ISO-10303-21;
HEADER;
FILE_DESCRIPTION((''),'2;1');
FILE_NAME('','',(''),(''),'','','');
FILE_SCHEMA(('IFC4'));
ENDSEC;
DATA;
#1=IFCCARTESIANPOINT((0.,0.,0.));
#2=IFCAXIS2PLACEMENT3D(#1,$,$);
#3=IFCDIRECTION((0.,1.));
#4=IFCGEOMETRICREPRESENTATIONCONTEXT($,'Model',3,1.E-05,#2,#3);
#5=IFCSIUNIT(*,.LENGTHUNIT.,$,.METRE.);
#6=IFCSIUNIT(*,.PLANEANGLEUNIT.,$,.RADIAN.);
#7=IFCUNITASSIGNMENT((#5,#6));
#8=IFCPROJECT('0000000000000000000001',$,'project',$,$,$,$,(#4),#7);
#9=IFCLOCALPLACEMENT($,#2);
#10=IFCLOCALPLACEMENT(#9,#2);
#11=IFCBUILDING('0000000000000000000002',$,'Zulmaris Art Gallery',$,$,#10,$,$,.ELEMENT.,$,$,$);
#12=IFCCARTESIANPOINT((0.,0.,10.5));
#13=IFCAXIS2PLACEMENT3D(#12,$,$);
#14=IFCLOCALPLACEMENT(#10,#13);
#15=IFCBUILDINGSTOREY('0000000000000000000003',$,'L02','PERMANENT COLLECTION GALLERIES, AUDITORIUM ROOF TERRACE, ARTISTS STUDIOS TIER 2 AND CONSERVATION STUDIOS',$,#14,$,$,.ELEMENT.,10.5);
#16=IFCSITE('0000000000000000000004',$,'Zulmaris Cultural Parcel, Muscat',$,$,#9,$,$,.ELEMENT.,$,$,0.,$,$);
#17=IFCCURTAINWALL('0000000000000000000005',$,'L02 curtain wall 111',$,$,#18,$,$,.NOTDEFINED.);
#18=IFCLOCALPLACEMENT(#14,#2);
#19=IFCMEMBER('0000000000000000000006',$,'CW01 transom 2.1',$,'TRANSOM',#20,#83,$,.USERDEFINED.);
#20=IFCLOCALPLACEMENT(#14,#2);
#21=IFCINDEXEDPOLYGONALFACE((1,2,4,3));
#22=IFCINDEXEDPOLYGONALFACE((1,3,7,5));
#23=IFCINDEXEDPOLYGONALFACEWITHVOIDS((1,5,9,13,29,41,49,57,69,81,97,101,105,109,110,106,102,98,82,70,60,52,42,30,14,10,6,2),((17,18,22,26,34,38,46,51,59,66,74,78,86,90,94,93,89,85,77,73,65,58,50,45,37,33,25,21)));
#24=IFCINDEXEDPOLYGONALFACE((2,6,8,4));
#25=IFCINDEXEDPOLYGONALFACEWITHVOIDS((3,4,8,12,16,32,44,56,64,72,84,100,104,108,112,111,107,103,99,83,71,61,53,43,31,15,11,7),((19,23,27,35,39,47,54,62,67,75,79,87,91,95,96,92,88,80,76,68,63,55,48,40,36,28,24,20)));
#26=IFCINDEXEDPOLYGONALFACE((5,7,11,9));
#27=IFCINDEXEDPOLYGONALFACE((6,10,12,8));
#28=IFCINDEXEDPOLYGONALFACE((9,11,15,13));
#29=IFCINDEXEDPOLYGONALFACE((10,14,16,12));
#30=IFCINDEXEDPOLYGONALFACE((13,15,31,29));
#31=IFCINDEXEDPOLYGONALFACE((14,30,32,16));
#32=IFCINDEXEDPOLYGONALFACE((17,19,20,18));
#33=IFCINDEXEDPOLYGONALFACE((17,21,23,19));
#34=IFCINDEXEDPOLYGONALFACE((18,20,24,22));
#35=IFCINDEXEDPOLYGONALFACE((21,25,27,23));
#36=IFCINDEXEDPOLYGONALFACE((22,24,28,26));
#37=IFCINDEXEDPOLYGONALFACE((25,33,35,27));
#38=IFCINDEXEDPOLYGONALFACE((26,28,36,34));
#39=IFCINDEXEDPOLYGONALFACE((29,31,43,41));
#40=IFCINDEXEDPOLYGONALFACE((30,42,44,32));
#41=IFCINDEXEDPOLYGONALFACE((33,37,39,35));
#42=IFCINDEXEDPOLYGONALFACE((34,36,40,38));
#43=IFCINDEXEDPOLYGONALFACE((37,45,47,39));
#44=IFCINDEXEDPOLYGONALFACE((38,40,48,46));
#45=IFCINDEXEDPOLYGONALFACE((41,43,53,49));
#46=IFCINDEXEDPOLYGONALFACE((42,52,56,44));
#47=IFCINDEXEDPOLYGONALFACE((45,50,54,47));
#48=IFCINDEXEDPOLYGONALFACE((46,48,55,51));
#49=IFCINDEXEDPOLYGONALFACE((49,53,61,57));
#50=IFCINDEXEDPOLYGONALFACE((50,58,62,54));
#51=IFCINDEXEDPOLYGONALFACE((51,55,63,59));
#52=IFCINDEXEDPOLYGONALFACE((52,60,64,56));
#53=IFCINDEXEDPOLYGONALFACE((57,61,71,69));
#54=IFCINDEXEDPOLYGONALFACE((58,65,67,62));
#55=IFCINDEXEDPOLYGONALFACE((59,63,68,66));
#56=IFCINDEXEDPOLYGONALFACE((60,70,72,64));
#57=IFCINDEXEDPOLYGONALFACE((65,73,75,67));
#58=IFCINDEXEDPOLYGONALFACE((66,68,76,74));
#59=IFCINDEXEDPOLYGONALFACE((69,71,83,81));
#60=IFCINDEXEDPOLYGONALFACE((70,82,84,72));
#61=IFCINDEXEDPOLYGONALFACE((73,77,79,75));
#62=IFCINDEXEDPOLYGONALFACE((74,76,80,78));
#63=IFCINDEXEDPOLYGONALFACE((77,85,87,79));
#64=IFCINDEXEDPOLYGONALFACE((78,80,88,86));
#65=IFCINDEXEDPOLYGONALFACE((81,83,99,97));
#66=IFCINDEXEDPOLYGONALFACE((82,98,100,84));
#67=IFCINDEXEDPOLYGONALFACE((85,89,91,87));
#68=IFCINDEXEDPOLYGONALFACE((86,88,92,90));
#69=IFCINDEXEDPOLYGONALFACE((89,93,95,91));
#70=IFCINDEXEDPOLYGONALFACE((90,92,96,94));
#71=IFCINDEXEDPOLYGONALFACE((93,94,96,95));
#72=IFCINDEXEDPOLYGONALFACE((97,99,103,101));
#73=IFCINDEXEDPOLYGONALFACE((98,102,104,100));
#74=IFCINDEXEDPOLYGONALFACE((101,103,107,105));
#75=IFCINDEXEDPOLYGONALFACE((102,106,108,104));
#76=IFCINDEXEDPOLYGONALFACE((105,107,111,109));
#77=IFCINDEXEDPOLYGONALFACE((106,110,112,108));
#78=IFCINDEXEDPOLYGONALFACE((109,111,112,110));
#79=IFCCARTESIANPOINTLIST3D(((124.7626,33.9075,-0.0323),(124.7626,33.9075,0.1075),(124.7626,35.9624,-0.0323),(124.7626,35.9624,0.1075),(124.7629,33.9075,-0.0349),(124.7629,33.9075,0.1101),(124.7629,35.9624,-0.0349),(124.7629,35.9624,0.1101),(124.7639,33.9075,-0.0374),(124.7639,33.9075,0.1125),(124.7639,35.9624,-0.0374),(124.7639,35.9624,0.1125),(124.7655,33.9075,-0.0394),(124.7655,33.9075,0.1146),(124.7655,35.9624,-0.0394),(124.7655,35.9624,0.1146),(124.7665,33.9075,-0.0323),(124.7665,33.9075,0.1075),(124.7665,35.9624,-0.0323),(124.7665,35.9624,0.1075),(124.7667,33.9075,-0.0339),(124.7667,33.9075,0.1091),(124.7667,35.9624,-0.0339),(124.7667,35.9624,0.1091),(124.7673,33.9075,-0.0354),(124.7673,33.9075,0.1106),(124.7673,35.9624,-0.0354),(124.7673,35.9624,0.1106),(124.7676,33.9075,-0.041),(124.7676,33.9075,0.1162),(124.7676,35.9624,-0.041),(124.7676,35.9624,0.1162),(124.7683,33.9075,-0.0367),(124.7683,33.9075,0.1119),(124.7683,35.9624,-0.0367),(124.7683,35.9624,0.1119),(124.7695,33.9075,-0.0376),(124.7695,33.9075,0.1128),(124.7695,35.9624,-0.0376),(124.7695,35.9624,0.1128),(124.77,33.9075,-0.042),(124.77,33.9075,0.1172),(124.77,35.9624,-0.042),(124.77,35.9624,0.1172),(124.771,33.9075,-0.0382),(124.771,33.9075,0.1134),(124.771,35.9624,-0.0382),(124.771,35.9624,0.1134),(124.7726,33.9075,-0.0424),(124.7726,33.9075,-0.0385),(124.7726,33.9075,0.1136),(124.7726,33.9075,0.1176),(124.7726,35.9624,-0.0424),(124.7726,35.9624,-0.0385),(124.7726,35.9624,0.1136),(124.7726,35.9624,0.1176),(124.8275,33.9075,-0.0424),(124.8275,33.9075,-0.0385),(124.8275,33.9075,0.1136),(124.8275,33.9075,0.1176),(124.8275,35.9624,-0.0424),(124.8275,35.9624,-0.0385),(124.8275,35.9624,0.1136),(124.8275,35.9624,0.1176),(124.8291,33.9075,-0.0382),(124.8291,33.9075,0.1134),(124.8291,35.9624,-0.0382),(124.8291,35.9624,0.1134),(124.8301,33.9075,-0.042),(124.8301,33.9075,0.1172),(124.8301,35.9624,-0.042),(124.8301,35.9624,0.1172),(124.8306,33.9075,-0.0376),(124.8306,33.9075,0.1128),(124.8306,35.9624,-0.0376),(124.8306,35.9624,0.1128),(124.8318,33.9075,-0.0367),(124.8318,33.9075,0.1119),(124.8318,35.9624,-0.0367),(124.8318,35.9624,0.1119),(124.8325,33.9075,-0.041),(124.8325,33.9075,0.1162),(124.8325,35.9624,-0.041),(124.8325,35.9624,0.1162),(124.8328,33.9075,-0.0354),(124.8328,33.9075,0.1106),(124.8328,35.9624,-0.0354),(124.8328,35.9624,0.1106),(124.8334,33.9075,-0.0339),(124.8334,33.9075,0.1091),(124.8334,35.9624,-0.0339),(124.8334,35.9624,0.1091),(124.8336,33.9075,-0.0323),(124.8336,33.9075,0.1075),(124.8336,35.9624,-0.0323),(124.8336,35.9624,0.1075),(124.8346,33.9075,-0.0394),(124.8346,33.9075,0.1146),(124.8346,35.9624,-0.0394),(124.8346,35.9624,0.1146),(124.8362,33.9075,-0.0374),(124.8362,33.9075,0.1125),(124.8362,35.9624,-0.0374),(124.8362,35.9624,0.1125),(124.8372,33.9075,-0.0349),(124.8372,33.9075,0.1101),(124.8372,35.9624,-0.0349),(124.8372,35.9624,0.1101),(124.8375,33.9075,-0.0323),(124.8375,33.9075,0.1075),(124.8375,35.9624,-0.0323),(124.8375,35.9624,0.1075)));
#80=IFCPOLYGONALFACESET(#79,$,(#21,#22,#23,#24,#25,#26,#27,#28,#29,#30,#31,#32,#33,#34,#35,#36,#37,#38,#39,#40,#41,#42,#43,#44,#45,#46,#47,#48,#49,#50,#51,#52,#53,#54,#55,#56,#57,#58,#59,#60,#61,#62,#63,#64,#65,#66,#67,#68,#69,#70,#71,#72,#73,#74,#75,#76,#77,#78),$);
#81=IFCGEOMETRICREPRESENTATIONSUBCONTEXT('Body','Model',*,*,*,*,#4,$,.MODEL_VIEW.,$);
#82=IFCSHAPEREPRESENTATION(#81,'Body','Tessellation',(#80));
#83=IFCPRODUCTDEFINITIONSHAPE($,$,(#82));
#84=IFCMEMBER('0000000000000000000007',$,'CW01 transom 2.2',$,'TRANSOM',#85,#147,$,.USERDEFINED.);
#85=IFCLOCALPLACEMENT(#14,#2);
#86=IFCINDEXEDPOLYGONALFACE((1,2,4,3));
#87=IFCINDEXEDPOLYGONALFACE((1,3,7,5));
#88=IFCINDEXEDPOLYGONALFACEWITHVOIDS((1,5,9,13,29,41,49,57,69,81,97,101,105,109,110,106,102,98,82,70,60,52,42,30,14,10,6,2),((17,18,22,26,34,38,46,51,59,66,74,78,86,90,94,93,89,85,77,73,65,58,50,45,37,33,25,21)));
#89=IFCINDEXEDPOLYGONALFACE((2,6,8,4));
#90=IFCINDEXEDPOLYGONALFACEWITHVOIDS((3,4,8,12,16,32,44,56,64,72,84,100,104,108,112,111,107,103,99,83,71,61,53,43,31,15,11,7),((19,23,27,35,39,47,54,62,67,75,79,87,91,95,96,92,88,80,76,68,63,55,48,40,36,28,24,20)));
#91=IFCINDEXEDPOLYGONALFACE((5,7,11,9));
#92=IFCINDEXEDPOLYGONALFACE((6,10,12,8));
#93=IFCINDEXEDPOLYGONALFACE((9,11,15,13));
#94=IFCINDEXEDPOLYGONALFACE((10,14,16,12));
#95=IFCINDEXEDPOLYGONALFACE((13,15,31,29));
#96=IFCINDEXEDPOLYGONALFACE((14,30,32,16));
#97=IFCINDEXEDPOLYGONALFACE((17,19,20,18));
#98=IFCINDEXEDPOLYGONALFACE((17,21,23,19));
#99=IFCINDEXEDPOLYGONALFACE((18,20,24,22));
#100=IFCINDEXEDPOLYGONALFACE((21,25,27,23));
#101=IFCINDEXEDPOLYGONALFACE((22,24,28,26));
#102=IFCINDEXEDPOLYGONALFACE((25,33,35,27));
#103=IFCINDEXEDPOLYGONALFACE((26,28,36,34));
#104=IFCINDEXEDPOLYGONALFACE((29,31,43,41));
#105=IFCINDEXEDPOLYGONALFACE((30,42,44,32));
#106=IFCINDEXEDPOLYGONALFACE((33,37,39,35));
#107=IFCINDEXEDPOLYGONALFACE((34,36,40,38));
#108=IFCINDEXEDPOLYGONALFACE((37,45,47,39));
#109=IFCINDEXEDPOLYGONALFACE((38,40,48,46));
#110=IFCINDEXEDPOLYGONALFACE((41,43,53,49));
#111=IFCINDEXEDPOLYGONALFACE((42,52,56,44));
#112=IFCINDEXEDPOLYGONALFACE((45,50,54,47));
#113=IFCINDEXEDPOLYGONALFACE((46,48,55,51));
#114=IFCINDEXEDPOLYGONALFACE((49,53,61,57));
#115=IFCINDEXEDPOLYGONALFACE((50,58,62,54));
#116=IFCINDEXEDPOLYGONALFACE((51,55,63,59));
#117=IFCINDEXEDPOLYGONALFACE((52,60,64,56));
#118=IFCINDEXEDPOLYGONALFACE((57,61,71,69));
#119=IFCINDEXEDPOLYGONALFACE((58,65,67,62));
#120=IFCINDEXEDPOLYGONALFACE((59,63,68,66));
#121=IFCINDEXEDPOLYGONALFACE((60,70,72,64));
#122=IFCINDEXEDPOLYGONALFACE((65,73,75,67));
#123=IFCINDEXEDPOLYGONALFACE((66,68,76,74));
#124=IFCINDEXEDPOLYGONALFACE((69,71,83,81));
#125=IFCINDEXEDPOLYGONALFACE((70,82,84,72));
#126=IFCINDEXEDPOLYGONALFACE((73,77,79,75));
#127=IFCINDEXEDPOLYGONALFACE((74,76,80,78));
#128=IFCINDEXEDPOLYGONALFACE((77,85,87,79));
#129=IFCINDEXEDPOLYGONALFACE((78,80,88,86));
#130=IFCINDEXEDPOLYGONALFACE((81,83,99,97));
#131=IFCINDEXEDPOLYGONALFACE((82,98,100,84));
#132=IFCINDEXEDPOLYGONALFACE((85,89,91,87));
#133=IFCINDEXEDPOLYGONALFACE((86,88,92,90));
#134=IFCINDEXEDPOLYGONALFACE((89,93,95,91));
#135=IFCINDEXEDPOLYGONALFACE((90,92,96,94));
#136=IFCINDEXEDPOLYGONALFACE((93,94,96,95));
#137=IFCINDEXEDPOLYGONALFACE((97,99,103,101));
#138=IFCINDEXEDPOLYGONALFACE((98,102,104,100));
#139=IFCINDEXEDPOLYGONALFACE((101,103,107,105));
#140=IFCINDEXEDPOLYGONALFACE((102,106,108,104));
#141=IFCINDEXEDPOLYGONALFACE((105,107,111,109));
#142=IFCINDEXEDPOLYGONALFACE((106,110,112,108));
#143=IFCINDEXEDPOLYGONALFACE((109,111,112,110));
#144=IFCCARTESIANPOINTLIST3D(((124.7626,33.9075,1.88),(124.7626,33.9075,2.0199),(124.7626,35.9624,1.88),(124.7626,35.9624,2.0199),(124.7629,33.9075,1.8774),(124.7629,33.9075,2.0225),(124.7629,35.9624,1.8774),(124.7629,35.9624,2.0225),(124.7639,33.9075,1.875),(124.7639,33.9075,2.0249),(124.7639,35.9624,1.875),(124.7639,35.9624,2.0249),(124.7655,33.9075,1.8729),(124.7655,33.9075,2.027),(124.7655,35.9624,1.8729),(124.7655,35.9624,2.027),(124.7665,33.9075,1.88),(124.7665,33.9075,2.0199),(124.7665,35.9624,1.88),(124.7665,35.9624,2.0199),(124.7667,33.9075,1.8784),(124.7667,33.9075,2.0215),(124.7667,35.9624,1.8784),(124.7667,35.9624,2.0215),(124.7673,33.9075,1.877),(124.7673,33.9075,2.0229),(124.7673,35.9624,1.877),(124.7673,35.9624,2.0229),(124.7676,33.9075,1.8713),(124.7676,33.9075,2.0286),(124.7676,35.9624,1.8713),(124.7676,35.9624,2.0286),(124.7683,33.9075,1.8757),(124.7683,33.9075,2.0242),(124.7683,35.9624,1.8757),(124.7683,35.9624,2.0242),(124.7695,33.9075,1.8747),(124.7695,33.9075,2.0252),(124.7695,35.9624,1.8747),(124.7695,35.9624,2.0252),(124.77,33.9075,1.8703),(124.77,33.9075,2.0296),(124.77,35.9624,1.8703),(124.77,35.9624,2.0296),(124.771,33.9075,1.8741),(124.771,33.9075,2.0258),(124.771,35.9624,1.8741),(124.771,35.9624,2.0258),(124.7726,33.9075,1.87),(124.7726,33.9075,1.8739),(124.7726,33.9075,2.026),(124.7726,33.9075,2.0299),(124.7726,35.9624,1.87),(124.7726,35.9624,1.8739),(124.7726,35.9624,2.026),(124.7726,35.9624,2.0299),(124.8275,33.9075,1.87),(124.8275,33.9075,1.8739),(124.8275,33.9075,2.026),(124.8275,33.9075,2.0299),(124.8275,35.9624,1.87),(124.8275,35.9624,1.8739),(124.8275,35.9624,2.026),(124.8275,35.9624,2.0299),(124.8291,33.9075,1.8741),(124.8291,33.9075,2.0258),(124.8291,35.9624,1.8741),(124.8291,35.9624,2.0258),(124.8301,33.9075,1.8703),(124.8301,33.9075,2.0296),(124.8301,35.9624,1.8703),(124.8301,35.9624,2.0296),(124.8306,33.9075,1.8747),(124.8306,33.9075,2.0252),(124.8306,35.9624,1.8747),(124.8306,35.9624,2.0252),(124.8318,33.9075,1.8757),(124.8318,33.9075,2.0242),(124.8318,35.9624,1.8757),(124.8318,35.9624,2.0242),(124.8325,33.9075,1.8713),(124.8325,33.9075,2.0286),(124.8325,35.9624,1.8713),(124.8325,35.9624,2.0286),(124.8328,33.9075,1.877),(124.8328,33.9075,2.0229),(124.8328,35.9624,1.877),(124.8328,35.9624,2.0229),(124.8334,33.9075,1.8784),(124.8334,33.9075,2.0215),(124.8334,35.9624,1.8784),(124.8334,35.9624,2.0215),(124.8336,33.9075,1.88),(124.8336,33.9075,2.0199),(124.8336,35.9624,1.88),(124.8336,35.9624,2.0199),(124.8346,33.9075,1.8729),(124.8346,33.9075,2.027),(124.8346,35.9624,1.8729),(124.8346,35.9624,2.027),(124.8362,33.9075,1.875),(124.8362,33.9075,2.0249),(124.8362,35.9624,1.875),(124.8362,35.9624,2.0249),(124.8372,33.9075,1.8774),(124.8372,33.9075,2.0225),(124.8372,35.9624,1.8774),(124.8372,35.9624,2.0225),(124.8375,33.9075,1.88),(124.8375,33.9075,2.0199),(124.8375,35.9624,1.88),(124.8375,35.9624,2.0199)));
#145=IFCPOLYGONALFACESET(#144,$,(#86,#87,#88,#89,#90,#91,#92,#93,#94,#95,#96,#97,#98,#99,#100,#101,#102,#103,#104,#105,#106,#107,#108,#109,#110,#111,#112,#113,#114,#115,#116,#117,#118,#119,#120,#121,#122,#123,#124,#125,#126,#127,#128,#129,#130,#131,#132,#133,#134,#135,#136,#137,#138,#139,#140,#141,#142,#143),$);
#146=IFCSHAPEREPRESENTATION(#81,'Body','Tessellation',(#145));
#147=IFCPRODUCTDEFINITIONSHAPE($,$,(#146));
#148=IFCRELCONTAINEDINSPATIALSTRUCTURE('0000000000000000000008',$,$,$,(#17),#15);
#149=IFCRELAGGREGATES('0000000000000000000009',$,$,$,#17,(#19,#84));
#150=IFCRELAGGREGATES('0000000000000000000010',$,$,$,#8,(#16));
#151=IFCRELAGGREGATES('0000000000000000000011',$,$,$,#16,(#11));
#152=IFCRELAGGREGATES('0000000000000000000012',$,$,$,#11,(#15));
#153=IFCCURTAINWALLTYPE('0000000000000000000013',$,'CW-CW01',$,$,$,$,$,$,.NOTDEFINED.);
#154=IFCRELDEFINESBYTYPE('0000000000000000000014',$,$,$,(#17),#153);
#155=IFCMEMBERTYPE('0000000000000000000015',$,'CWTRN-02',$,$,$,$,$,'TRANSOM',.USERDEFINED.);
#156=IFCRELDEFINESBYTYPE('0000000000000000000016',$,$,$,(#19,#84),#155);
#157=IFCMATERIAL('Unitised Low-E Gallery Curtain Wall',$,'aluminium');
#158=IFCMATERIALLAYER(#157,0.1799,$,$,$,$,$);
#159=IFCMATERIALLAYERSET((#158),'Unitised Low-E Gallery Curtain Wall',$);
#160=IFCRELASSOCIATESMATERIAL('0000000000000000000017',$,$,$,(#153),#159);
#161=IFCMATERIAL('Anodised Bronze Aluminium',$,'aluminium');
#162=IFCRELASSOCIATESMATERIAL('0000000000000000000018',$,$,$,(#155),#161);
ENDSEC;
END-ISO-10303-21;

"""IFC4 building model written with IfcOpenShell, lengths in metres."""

from ifc_helpers import new_model, si_unit, direction, frame, origin, origin_2d, place, context, subcontext, project, spatial, hollow_rectangle, extrude, material, layer, layer_set, material_profile, profile_set, type_object, element, aggregate, save


model = new_model("IFC4")

# Units and contexts
model_context = context("Model", 3, precision=1e-05, world=origin(), true_north=direction((0.0, 1.0)))
body_context = subcontext(model_context, "Body", "Model", "MODEL_VIEW")
ifc_project = project(units=[si_unit("LENGTHUNIT", "METRE"), si_unit("PLANEANGLEUNIT", "RADIAN")], contexts=[model_context])

# Site, building, storey
site_placement = place(None, origin())
site = spatial("IfcSite", under=ifc_project, at=site_placement, Name="Zulmaris Cultural Parcel, Muscat", CompositionType="ELEMENT", RefElevation=0.0)
building_placement = place(site_placement, origin())
building = spatial("IfcBuilding", under=site, at=building_placement, Name="Zulmaris Art Gallery", CompositionType="ELEMENT")
storey_placement = place(building_placement, frame((0.0, 0.0, 10.5)))
storey = spatial("IfcBuildingStorey", under=building, at=storey_placement, Name="L02", Description="PERMANENT COLLECTION GALLERIES, AUDITORIUM ROOF TERRACE, ARTISTS STUDIOS TIER 2 AND CONSERVATION STUDIOS", CompositionType="ELEMENT", Elevation=10.5)

# Curtain wall
ifc_material_1 = material(Name="Unitised Low-E Gallery Curtain Wall", Category="aluminium")
ifc_layer_1 = layer(ifc_material_1, 0.1799)
ifc_layer_set_1 = layer_set([ifc_layer_1], Name="Unitised Low-E Gallery Curtain Wall")
curtain_wall_type = type_object("IfcCurtainWallType", Name="CW-CW01", PredefinedType="NOTDEFINED", material=ifc_layer_set_1)
curtain_wall_1_placement = place(storey_placement, origin())
curtain_wall_1 = element("IfcCurtainWall", 1, at=curtain_wall_1_placement, inside=storey, type_object=curtain_wall_type, Name="L02 curtain wall 111", PredefinedType="NOTDEFINED")
ifc_material_2 = material(Name="Anodised Bronze Aluminium", Category="aluminium")

# Members
ifc_material_profile_1 = material_profile(ifc_material_2, hollow_rectangle(XDim=0.075, YDim=0.1599, WallThickness=0.0039, InnerFilletRadius=0.0061, OuterFilletRadius=0.01, at=origin_2d()), Name="ALU 75x160x4")
ifc_profile_set_1 = profile_set([ifc_material_profile_1], Name="Anodised Bronze Aluminium")
member_type_1 = type_object("IfcMemberType", Name="CWTRN-02", ElementType="TRANSOM", PredefinedType="USERDEFINED", material=ifc_profile_set_1)
member_1_placement = place(storey_placement, frame((124.8, 33.9075, 0.0376), z_axis=(0.0, 1.0, 0.0), x_axis=(-1.0, 0.0, 0.0)))
member_1 = element("IfcMember", 2, at=member_1_placement, type_object=member_type_1, Name="CW01 transom 2.1", ObjectType="TRANSOM", PredefinedType="USERDEFINED", context=body_context, shape_type="SweptSolid", body=[
    extrude(hollow_rectangle(XDim=0.075, YDim=0.1599, WallThickness=0.0039, InnerFilletRadius=0.0061, OuterFilletRadius=0.01, at=origin_2d()), origin(), (0.0, 0.0, 1.0), 2.0549),
])
member_2_placement = place(storey_placement, frame((124.8, 33.9075, 1.95), z_axis=(0.0, 1.0, 0.0), x_axis=(-1.0, 0.0, 0.0)))
member_2 = element("IfcMember", 3, at=member_2_placement, type_object=member_type_1, Name="CW01 transom 2.2", ObjectType="TRANSOM", PredefinedType="USERDEFINED", context=body_context, shape_type="SweptSolid", body=[
    extrude(hollow_rectangle(XDim=0.075, YDim=0.1599, WallThickness=0.0039, InnerFilletRadius=0.0061, OuterFilletRadius=0.01, at=origin_2d()), origin(), (0.0, 0.0, 1.0), 2.0549),
])

aggregate(curtain_wall_1, [member_1, member_2])

save(model, "model.ifc")
